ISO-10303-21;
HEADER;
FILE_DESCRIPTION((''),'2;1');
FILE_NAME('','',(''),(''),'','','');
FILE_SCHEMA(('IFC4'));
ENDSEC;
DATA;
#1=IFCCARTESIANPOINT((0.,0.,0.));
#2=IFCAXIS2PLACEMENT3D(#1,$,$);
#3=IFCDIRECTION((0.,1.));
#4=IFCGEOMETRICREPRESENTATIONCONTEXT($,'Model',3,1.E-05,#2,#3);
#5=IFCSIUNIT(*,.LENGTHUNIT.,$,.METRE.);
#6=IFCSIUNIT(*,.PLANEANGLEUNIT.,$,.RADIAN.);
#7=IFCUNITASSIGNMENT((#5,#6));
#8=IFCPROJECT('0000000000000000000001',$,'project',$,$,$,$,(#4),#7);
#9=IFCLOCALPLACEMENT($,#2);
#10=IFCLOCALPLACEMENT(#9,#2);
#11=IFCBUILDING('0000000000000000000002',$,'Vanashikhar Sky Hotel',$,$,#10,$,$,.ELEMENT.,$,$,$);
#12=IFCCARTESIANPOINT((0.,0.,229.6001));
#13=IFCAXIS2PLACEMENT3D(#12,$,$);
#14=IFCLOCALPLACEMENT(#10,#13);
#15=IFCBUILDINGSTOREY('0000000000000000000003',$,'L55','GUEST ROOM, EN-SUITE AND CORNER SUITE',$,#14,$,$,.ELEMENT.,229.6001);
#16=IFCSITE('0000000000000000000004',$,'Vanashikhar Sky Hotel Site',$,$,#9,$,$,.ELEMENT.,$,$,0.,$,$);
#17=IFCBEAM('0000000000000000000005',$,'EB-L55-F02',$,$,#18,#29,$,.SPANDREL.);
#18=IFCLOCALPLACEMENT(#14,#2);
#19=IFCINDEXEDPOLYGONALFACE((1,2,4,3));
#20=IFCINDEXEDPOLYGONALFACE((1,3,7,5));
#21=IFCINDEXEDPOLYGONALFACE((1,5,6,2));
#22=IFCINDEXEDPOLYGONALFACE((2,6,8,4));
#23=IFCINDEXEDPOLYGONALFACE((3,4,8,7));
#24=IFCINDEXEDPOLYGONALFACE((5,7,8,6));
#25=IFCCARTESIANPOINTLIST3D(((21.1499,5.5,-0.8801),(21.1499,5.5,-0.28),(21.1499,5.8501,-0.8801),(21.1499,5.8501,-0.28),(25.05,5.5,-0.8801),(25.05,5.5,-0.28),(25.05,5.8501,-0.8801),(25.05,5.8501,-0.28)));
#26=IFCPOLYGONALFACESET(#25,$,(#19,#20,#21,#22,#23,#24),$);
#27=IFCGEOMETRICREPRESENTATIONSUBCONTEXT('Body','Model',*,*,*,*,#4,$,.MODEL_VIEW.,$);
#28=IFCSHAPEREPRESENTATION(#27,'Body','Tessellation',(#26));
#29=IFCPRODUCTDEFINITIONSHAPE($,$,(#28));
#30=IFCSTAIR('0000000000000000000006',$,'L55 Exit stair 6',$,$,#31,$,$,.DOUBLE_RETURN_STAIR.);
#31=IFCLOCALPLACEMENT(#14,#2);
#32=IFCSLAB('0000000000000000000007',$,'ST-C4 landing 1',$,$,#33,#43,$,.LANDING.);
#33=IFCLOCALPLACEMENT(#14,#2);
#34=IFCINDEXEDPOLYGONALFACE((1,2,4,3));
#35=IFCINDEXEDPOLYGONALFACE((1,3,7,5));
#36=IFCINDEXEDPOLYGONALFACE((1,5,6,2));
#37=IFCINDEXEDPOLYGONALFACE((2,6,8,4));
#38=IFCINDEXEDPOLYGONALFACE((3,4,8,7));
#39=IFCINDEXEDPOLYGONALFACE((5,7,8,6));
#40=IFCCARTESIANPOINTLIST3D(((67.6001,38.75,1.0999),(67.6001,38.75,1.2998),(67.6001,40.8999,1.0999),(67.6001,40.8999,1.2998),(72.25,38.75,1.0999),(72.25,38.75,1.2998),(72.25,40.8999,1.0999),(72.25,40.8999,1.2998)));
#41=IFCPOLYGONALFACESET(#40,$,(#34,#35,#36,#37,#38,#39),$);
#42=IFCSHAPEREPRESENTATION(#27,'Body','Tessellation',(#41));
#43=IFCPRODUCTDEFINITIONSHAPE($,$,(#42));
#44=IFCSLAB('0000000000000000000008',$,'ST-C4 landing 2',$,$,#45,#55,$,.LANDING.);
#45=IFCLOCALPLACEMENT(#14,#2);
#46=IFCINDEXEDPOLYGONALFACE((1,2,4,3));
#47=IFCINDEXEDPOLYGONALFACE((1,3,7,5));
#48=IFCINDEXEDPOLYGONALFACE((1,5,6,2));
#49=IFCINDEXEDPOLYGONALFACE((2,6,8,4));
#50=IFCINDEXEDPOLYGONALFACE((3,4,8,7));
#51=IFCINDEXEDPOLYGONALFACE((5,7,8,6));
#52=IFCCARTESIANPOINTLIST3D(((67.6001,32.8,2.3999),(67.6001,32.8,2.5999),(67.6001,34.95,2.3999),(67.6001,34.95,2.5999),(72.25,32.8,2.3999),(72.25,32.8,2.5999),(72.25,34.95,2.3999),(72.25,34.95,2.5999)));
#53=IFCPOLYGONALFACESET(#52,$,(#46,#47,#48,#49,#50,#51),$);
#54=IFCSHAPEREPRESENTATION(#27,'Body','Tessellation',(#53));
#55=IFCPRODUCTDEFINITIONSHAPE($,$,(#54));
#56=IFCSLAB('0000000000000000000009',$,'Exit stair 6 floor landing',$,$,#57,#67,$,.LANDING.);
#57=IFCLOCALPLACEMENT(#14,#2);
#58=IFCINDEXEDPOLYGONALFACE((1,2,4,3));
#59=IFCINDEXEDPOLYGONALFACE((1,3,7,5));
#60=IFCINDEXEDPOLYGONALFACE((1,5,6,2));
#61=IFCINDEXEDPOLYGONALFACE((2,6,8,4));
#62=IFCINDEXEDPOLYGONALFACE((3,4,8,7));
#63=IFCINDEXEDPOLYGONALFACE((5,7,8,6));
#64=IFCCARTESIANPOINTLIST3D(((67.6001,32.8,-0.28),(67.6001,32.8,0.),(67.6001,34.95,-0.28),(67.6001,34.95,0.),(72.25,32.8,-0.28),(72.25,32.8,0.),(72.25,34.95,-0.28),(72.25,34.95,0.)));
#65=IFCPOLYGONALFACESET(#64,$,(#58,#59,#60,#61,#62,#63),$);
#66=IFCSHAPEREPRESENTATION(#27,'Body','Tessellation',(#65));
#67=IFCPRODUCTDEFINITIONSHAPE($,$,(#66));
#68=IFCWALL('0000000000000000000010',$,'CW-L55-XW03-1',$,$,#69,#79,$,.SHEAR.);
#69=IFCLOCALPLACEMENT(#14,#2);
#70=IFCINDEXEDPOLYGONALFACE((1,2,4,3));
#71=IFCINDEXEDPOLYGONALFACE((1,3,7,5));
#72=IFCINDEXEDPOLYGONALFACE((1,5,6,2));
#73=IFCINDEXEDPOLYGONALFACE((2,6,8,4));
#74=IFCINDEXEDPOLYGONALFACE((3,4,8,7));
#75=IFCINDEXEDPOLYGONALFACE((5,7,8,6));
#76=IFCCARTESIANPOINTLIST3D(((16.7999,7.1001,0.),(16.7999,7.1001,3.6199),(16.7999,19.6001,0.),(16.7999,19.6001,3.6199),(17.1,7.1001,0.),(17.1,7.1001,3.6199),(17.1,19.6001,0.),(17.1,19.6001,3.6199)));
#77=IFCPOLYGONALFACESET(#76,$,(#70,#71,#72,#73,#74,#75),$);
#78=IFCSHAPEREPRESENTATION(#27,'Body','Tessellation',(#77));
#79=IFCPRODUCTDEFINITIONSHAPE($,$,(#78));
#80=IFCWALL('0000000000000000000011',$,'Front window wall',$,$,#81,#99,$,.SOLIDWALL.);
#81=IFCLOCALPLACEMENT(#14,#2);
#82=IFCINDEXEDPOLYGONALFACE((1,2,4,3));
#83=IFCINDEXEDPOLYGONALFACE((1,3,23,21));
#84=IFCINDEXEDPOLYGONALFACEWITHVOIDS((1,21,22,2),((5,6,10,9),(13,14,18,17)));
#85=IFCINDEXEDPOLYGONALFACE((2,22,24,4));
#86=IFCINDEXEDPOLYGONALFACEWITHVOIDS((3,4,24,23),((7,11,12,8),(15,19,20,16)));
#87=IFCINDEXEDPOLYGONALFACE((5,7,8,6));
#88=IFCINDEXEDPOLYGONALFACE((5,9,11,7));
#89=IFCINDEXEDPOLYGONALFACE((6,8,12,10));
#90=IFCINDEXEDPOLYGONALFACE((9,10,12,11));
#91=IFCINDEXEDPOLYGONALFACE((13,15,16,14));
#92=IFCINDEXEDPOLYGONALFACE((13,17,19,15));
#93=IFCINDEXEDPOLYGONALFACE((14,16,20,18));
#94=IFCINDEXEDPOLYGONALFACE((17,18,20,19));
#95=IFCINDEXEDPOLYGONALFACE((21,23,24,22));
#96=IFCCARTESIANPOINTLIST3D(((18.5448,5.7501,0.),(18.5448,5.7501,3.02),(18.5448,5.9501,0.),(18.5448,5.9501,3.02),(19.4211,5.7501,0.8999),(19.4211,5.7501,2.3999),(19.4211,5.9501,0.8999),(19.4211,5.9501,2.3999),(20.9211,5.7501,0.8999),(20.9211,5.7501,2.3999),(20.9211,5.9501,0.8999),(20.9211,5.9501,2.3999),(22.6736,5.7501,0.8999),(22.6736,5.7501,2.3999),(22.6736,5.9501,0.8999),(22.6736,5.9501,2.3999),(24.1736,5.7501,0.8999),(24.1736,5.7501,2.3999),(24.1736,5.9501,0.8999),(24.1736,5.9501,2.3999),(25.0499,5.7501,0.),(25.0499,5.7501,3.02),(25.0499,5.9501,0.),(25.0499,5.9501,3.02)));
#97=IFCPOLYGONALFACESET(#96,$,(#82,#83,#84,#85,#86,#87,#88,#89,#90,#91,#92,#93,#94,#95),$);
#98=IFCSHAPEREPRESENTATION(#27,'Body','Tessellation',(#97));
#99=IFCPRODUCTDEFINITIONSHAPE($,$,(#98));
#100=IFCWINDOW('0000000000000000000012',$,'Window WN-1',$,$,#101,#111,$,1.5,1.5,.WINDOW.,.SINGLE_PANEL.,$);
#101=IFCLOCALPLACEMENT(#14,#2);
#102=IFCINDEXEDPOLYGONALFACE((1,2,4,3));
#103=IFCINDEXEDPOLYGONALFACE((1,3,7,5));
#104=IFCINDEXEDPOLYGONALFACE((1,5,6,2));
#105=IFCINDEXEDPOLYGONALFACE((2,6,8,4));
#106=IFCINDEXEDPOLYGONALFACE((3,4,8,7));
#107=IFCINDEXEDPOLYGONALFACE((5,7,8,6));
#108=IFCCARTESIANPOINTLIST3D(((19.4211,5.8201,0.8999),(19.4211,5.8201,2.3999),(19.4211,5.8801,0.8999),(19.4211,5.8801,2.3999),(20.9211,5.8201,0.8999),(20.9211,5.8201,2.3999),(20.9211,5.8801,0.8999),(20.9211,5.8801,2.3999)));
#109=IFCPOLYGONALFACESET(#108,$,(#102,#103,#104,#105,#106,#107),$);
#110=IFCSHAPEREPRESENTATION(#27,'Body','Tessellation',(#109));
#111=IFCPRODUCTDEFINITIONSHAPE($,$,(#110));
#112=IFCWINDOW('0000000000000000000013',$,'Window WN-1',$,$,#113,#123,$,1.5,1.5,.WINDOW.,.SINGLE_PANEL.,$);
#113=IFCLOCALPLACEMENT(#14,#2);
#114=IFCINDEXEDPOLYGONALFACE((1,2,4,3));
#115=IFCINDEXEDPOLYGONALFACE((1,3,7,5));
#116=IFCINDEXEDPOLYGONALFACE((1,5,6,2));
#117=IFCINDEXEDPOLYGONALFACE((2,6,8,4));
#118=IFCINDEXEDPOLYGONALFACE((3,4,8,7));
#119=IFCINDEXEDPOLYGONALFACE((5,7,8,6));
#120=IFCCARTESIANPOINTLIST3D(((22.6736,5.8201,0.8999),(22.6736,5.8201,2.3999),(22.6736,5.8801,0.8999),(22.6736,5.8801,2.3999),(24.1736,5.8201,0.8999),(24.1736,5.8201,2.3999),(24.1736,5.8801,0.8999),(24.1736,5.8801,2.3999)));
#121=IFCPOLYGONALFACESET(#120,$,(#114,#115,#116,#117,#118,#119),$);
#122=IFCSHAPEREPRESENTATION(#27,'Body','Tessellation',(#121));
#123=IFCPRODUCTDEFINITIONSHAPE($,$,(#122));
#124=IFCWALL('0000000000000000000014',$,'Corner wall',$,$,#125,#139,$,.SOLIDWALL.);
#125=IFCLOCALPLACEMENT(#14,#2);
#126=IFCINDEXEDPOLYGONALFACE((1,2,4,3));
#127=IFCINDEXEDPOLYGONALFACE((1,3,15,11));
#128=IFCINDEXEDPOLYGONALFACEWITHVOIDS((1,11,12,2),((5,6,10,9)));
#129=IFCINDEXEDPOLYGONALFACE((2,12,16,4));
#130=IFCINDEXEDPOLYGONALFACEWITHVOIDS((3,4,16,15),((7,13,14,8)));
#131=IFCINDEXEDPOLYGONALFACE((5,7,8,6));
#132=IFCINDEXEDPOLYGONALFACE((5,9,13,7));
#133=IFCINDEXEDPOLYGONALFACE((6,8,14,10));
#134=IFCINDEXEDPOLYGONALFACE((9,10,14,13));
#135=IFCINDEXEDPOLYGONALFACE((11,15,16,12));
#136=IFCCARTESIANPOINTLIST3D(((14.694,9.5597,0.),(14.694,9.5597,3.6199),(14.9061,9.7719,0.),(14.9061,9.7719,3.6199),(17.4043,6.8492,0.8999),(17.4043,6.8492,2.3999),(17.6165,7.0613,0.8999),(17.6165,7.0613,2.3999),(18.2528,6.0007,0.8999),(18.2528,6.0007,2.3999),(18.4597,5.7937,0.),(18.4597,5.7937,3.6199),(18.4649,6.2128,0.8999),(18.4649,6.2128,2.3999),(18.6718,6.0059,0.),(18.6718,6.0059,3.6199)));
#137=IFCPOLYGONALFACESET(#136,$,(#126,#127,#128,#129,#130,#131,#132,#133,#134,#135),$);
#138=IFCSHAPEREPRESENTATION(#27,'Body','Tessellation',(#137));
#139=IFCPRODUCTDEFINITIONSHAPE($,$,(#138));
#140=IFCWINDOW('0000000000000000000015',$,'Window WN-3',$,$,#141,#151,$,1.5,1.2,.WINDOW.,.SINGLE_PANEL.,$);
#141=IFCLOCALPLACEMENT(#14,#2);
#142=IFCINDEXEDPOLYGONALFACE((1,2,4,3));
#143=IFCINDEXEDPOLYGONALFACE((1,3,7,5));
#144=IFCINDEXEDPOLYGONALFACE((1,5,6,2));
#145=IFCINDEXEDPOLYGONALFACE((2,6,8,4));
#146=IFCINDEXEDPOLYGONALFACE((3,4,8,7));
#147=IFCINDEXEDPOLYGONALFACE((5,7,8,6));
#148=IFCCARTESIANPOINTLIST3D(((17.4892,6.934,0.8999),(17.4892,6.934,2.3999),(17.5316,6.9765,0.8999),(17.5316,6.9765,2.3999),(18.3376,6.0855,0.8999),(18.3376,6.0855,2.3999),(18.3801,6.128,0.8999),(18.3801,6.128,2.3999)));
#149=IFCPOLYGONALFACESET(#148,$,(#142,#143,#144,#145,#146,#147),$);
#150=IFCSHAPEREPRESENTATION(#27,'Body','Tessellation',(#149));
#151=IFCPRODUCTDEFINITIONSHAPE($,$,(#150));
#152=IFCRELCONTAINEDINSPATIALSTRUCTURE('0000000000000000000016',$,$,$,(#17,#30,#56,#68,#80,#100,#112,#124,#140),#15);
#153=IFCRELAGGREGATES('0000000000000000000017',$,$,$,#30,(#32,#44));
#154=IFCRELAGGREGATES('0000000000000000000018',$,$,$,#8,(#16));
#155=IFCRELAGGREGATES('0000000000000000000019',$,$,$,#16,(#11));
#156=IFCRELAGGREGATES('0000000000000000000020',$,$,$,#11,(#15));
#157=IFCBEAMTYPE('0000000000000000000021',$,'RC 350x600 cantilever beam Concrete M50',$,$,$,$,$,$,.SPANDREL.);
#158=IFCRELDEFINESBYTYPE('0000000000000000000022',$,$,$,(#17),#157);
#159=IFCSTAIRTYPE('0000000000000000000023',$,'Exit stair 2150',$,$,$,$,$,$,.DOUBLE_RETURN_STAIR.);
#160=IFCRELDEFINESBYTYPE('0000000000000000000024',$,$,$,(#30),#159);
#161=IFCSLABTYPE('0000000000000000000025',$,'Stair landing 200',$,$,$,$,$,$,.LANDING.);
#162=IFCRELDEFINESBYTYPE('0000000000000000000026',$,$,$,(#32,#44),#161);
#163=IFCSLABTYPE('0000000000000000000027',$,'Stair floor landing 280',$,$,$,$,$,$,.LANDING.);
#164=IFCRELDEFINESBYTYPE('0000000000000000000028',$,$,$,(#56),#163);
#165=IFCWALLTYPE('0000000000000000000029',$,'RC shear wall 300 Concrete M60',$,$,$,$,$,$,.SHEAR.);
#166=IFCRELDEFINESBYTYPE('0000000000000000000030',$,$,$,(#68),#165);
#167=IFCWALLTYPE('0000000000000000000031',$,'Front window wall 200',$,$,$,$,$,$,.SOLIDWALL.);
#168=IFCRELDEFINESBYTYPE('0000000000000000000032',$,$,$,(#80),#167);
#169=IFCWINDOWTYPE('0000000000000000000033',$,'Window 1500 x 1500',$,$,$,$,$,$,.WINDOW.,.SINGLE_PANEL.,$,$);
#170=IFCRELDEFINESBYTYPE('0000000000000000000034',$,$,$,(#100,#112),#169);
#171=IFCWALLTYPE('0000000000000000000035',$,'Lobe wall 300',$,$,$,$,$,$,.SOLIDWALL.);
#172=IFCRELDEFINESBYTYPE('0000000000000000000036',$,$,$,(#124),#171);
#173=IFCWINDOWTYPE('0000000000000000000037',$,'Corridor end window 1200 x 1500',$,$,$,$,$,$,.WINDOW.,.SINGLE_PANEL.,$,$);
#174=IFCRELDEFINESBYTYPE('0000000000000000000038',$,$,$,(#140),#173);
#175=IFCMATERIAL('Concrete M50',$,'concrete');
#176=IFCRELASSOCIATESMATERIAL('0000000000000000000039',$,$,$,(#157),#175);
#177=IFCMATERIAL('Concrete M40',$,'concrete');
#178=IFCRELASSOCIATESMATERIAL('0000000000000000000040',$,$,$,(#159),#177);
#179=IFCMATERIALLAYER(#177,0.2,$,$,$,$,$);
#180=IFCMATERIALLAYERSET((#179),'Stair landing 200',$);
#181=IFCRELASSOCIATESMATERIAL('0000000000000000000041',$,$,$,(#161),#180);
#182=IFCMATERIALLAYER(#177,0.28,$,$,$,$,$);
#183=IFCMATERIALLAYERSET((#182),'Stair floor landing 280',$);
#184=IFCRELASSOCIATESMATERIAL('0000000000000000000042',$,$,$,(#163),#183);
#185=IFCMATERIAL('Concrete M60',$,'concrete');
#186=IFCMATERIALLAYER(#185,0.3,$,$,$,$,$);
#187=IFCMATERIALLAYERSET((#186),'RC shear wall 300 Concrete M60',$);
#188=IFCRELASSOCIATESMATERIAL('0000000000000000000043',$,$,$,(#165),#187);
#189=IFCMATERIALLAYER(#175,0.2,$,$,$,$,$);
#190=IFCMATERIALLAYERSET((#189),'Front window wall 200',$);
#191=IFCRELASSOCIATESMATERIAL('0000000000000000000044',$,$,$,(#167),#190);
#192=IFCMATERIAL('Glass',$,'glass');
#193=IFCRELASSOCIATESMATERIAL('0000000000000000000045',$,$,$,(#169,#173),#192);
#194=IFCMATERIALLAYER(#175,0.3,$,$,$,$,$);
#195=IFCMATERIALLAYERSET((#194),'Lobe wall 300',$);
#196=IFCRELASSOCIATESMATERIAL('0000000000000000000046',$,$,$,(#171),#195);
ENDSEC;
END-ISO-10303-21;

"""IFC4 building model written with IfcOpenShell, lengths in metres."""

from ifc_helpers import new_model, si_unit, direction, frame, frame_2d, origin, origin_2d, place, context, subcontext, project, spatial, polyline, rectangle, outline, extrude, source, transform, mapped, material, layer, layer_set, material_profile, profile_set, type_object, element, fill, aggregate, save


model = new_model("IFC4")

# Units and contexts
model_context = context("Model", 3, precision=1e-05, world=origin(), true_north=direction((0.0, 1.0)))
body_context = subcontext(model_context, "Body", "Model", "MODEL_VIEW")
ifc_project = project(units=[si_unit("LENGTHUNIT", "METRE"), si_unit("PLANEANGLEUNIT", "RADIAN")], contexts=[model_context])

# Site, building, storey
site_placement = place(None, origin())
site = spatial("IfcSite", under=ifc_project, at=site_placement, Name="Vanashikhar Sky Hotel Site", CompositionType="ELEMENT", RefElevation=0.0)
building_placement = place(site_placement, origin())
building = spatial("IfcBuilding", under=site, at=building_placement, Name="Vanashikhar Sky Hotel", CompositionType="ELEMENT")
storey_placement = place(building_placement, frame((0.0, 0.0, 229.6001)))
storey = spatial("IfcBuildingStorey", under=building, at=storey_placement, Name="L55", Description="GUEST ROOM, EN-SUITE AND CORNER SUITE", CompositionType="ELEMENT", Elevation=229.6001)

# Beam
ifc_material_1 = material(Name="Concrete M50", Category="concrete")
ifc_material_profile = material_profile(ifc_material_1, rectangle(XDim=0.3501, YDim=0.6001, at=origin_2d()))
ifc_profile_set = profile_set([ifc_material_profile], Name="RC 350x600 cantilever beam Concrete M50")
beam_type = type_object("IfcBeamType", Name="RC 350x600 cantilever beam Concrete M50", PredefinedType="SPANDREL", material=ifc_profile_set)
shared_shape_1 = source(origin(), body_context, "Body", "SweptSolid", [
    extrude(rectangle(XDim=0.3501, YDim=0.6001, at=origin_2d()), origin(), (0.0, 0.0, 1.0), 3.9001),
])
beam_placement = place(storey_placement, frame((21.1499, 5.675, -0.5801), z_axis=(1.0, 0.0, 0.0), x_axis=(0.0, 1.0, 0.0)))
element("IfcBeam", 1, at=beam_placement, inside=storey, type_object=beam_type, Name="EB-L55-F02", PredefinedType="SPANDREL", context=body_context, shape_type="MappedRepresentation", body=[
    mapped(shared_shape_1, transform((0.0, 0.0, 0.0), scale=1.0)),
])

# Stair, slabs
ifc_material_2 = material(Name="Concrete M40", Category="concrete")
stair_type = type_object("IfcStairType", Name="Exit stair 2150", PredefinedType="DOUBLE_RETURN_STAIR", material=ifc_material_2)
stair_placement = place(storey_placement, origin())
stair = element("IfcStair", 2, at=stair_placement, inside=storey, type_object=stair_type, Name="L55 Exit stair 6", PredefinedType="DOUBLE_RETURN_STAIR")
ifc_layer_1 = layer(ifc_material_2, 0.2)
ifc_layer_set_1 = layer_set([ifc_layer_1], Name="Stair landing 200")
slab_type_1 = type_object("IfcSlabType", Name="Stair landing 200", PredefinedType="LANDING", material=ifc_layer_set_1)
shared_shape_2 = source(origin(), body_context, "Body", "SweptSolid", [
    extrude(outline(polyline([(72.25, 38.75), (72.25, 40.8999), (67.6001, 40.8999), (67.6001, 38.75), (72.25, 38.75)])), origin(), (0.0, 0.0, 1.0), 0.2),
])
slab_1_placement = place(storey_placement, frame((0.0, 0.0, 1.0999)))
slab_1 = element("IfcSlab", 3, at=slab_1_placement, type_object=slab_type_1, Name="ST-C4 landing 1", PredefinedType="LANDING", context=body_context, shape_type="MappedRepresentation", body=[
    mapped(shared_shape_2, transform((0.0, 0.0, 0.0), scale=1.0)),
])
shared_shape_3 = source(origin(), body_context, "Body", "SweptSolid", [
    extrude(outline(polyline([(72.25, 32.8), (72.25, 34.95), (67.6001, 34.95), (67.6001, 32.8), (72.25, 32.8)])), origin(), (0.0, 0.0, 1.0), 0.2),
])
slab_2_placement = place(storey_placement, frame((0.0, 0.0, 2.3999)))
slab_2 = element("IfcSlab", 4, at=slab_2_placement, type_object=slab_type_1, Name="ST-C4 landing 2", PredefinedType="LANDING", context=body_context, shape_type="MappedRepresentation", body=[
    mapped(shared_shape_3, transform((0.0, 0.0, 0.0), scale=1.0)),
])
aggregate(stair, [slab_1, slab_2])

# Slab
ifc_layer_2 = layer(ifc_material_2, 0.28)
ifc_layer_set_2 = layer_set([ifc_layer_2], Name="Stair floor landing 280")
slab_type_2 = type_object("IfcSlabType", Name="Stair floor landing 280", PredefinedType="LANDING", material=ifc_layer_set_2)
shared_shape_4 = source(origin(), body_context, "Body", "SweptSolid", [
    extrude(outline(polyline([(72.25, 32.8), (72.25, 34.95), (67.6001, 34.95), (67.6001, 32.8), (72.25, 32.8)])), origin(), (0.0, 0.0, 1.0), 0.28),
])
slab_3_placement = place(storey_placement, frame((0.0, 0.0, -0.28)))
element("IfcSlab", 5, at=slab_3_placement, inside=storey, type_object=slab_type_2, Name="Exit stair 6 floor landing", PredefinedType="LANDING", context=body_context, shape_type="MappedRepresentation", body=[
    mapped(shared_shape_4, transform((0.0, 0.0, 0.0), scale=1.0)),
])

# Wall
ifc_material_3 = material(Name="Concrete M60", Category="concrete")
ifc_layer_3 = layer(ifc_material_3, 0.3)
ifc_layer_set_3 = layer_set([ifc_layer_3], Name="RC shear wall 300 Concrete M60")
wall_type_1 = type_object("IfcWallType", Name="RC shear wall 300 Concrete M60", PredefinedType="SHEAR", material=ifc_layer_set_3)
shared_shape_5 = source(origin(), body_context, "Body", "SweptSolid", [
    extrude(rectangle(XDim=12.5, YDim=0.3, at=frame_2d((6.25, 0.0))), origin(), (0.0, 0.0, 1.0), 3.6199),
])
wall_1_placement = place(storey_placement, frame((16.95, 7.1001, 0.0), z_axis=(0.0, 0.0, 1.0), x_axis=(0.0, 1.0, 0.0)))
element("IfcWall", 6, at=wall_1_placement, inside=storey, type_object=wall_type_1, Name="CW-L55-XW03-1", PredefinedType="SHEAR", context=body_context, shape_type="MappedRepresentation", body=[
    mapped(shared_shape_5, transform((0.0, 0.0, 0.0), scale=1.0)),
])

# Wall, openings, windows
ifc_layer_4 = layer(ifc_material_1, 0.2)
ifc_layer_set_4 = layer_set([ifc_layer_4], Name="Front window wall 200")
wall_type_2 = type_object("IfcWallType", Name="Front window wall 200", PredefinedType="SOLIDWALL", material=ifc_layer_set_4)
shared_shape_6 = source(origin(), body_context, "Body", "SweptSolid", [
    extrude(rectangle(XDim=6.5051, YDim=0.2, at=frame_2d((3.2524, 0.0))), origin(), (0.0, 0.0, 1.0), 3.02),
])
wall_2_placement = place(storey_placement, frame((18.5449, 5.8501, 0.0), z_axis=(0.0, 0.0, 1.0), x_axis=(1.0, 0.0, 0.0)))
wall_2 = element("IfcWall", 7, at=wall_2_placement, inside=storey, type_object=wall_type_2, Name="Front window wall", PredefinedType="SOLIDWALL", context=body_context, shape_type="MappedRepresentation", body=[
    mapped(shared_shape_6, transform((0.0, 0.0, 0.0), scale=1.0)),
])
shared_shape_7 = source(origin(), body_context, "Body", "SweptSolid", [
    extrude(rectangle(XDim=1.5, YDim=1.5, at=frame_2d((0.75, 0.75))), frame((0.0, 0.1099, 0.0), z_axis=(0.0, -1.0, 0.0), x_axis=(1.0, 0.0, 0.0)), (0.0, 0.0, 1.0), 0.22),
])
opening_1_placement = place(wall_2_placement, frame((0.8762, 0.0, 0.8999)))
opening_1 = element("IfcOpeningElement", 8, at=opening_1_placement, cuts=wall_2, PredefinedType="OPENING", context=body_context, shape_type="MappedRepresentation", body=[
    mapped(shared_shape_7, transform((0.0, 0.0, 0.0), scale=1.0)),
])
opening_2_placement = place(wall_2_placement, frame((4.1287, 0.0, 0.8999)))
opening_2 = element("IfcOpeningElement", 9, at=opening_2_placement, cuts=wall_2, PredefinedType="OPENING", context=body_context, shape_type="MappedRepresentation", body=[
    mapped(shared_shape_7, transform((0.0, 0.0, 0.0), scale=1.0)),
])
ifc_material_4 = material(Name="Glass", Category="glass")
window_type_1 = type_object("IfcWindowType", Name="Window 1500 x 1500", PartitioningType="SINGLE_PANEL", PredefinedType="WINDOW", material=ifc_material_4)
shared_shape_8 = source(origin(), body_context, "Body", "SweptSolid", [
    extrude(rectangle(XDim=1.5, YDim=1.5, at=frame_2d((0.75, 0.75))), frame((0.0, 0.03, 0.0), z_axis=(0.0, -1.0, 0.0), x_axis=(1.0, 0.0, 0.0)), (0.0, 0.0, 1.0), 0.0601),
])
window_1_placement = place(opening_1_placement, origin())
window_1 = element("IfcWindow", 10, at=window_1_placement, inside=storey, type_object=window_type_1, Name="Window WN-1", OverallHeight=1.5, OverallWidth=1.5, PartitioningType="SINGLE_PANEL", PredefinedType="WINDOW", context=body_context, shape_type="MappedRepresentation", body=[
    mapped(shared_shape_8, transform((0.0, 0.0, 0.0), scale=1.0)),
])
fill(opening_1, window_1)
window_2_placement = place(opening_2_placement, origin())
window_2 = element("IfcWindow", 11, at=window_2_placement, inside=storey, type_object=window_type_1, Name="Window WN-1", OverallHeight=1.5, OverallWidth=1.5, PartitioningType="SINGLE_PANEL", PredefinedType="WINDOW", context=body_context, shape_type="MappedRepresentation", body=[
    mapped(shared_shape_8, transform((0.0, 0.0, 0.0), scale=1.0)),
])
fill(opening_2, window_2)

# Wall, opening, window
ifc_layer_5 = layer(ifc_material_1, 0.3)
ifc_layer_set_5 = layer_set([ifc_layer_5], Name="Lobe wall 300")
wall_type_3 = type_object("IfcWallType", Name="Lobe wall 300", PredefinedType="SOLIDWALL", material=ifc_layer_set_5)
shared_shape_9 = source(origin(), body_context, "Body", "SweptSolid", [
    extrude(rectangle(XDim=5.3257, YDim=0.3, at=frame_2d((2.6628, 0.0))), origin(), (0.0, 0.0, 1.0), 3.6199),
])
wall_3_placement = place(storey_placement, frame((14.8, 9.6658, 0.0), z_axis=(0.0, 0.0, 1.0), x_axis=(0.707084, -0.70713, 0.0)))
wall_3 = element("IfcWall", 12, at=wall_3_placement, inside=storey, type_object=wall_type_3, Name="Corner wall", PredefinedType="SOLIDWALL", context=body_context, shape_type="MappedRepresentation", body=[
    mapped(shared_shape_9, transform((0.0, 0.0, 0.0), scale=1.0)),
])
shared_shape_10 = source(origin(), body_context, "Body", "SweptSolid", [
    extrude(rectangle(XDim=1.2, YDim=1.5, at=frame_2d((0.6001, 0.75))), frame((0.0, 0.1602, 0.0), z_axis=(0.0, -1.0, 0.0), x_axis=(1.0, 0.0, 0.0)), (0.0, 0.0, 1.0), 0.3201),
])
opening_3_placement = place(wall_3_placement, frame((3.833, 0.0, 0.8999)))
opening_3 = element("IfcOpeningElement", 13, at=opening_3_placement, cuts=wall_3, PredefinedType="OPENING", context=body_context, shape_type="MappedRepresentation", body=[
    mapped(shared_shape_10, transform((0.0, 0.0, 0.0), scale=1.0)),
])
window_type_2 = type_object("IfcWindowType", Name="Corridor end window 1200 x 1500", PartitioningType="SINGLE_PANEL", PredefinedType="WINDOW", material=ifc_material_4)
shared_shape_11 = source(origin(), body_context, "Body", "SweptSolid", [
    extrude(rectangle(XDim=1.2, YDim=1.5, at=frame_2d((0.6001, 0.75))), frame((0.0, 0.03, 0.0), z_axis=(0.0, -1.0, 0.0), x_axis=(1.0, 0.0, 0.0)), (0.0, 0.0, 1.0), 0.0601),
])
window_3_placement = place(opening_3_placement, origin())
window_3 = element("IfcWindow", 14, at=window_3_placement, inside=storey, type_object=window_type_2, Name="Window WN-3", OverallHeight=1.5, OverallWidth=1.2, PartitioningType="SINGLE_PANEL", PredefinedType="WINDOW", context=body_context, shape_type="MappedRepresentation", body=[
    mapped(shared_shape_11, transform((0.0, 0.0, 0.0), scale=1.0)),
])
fill(opening_3, window_3)

save(model, "model.ifc")
